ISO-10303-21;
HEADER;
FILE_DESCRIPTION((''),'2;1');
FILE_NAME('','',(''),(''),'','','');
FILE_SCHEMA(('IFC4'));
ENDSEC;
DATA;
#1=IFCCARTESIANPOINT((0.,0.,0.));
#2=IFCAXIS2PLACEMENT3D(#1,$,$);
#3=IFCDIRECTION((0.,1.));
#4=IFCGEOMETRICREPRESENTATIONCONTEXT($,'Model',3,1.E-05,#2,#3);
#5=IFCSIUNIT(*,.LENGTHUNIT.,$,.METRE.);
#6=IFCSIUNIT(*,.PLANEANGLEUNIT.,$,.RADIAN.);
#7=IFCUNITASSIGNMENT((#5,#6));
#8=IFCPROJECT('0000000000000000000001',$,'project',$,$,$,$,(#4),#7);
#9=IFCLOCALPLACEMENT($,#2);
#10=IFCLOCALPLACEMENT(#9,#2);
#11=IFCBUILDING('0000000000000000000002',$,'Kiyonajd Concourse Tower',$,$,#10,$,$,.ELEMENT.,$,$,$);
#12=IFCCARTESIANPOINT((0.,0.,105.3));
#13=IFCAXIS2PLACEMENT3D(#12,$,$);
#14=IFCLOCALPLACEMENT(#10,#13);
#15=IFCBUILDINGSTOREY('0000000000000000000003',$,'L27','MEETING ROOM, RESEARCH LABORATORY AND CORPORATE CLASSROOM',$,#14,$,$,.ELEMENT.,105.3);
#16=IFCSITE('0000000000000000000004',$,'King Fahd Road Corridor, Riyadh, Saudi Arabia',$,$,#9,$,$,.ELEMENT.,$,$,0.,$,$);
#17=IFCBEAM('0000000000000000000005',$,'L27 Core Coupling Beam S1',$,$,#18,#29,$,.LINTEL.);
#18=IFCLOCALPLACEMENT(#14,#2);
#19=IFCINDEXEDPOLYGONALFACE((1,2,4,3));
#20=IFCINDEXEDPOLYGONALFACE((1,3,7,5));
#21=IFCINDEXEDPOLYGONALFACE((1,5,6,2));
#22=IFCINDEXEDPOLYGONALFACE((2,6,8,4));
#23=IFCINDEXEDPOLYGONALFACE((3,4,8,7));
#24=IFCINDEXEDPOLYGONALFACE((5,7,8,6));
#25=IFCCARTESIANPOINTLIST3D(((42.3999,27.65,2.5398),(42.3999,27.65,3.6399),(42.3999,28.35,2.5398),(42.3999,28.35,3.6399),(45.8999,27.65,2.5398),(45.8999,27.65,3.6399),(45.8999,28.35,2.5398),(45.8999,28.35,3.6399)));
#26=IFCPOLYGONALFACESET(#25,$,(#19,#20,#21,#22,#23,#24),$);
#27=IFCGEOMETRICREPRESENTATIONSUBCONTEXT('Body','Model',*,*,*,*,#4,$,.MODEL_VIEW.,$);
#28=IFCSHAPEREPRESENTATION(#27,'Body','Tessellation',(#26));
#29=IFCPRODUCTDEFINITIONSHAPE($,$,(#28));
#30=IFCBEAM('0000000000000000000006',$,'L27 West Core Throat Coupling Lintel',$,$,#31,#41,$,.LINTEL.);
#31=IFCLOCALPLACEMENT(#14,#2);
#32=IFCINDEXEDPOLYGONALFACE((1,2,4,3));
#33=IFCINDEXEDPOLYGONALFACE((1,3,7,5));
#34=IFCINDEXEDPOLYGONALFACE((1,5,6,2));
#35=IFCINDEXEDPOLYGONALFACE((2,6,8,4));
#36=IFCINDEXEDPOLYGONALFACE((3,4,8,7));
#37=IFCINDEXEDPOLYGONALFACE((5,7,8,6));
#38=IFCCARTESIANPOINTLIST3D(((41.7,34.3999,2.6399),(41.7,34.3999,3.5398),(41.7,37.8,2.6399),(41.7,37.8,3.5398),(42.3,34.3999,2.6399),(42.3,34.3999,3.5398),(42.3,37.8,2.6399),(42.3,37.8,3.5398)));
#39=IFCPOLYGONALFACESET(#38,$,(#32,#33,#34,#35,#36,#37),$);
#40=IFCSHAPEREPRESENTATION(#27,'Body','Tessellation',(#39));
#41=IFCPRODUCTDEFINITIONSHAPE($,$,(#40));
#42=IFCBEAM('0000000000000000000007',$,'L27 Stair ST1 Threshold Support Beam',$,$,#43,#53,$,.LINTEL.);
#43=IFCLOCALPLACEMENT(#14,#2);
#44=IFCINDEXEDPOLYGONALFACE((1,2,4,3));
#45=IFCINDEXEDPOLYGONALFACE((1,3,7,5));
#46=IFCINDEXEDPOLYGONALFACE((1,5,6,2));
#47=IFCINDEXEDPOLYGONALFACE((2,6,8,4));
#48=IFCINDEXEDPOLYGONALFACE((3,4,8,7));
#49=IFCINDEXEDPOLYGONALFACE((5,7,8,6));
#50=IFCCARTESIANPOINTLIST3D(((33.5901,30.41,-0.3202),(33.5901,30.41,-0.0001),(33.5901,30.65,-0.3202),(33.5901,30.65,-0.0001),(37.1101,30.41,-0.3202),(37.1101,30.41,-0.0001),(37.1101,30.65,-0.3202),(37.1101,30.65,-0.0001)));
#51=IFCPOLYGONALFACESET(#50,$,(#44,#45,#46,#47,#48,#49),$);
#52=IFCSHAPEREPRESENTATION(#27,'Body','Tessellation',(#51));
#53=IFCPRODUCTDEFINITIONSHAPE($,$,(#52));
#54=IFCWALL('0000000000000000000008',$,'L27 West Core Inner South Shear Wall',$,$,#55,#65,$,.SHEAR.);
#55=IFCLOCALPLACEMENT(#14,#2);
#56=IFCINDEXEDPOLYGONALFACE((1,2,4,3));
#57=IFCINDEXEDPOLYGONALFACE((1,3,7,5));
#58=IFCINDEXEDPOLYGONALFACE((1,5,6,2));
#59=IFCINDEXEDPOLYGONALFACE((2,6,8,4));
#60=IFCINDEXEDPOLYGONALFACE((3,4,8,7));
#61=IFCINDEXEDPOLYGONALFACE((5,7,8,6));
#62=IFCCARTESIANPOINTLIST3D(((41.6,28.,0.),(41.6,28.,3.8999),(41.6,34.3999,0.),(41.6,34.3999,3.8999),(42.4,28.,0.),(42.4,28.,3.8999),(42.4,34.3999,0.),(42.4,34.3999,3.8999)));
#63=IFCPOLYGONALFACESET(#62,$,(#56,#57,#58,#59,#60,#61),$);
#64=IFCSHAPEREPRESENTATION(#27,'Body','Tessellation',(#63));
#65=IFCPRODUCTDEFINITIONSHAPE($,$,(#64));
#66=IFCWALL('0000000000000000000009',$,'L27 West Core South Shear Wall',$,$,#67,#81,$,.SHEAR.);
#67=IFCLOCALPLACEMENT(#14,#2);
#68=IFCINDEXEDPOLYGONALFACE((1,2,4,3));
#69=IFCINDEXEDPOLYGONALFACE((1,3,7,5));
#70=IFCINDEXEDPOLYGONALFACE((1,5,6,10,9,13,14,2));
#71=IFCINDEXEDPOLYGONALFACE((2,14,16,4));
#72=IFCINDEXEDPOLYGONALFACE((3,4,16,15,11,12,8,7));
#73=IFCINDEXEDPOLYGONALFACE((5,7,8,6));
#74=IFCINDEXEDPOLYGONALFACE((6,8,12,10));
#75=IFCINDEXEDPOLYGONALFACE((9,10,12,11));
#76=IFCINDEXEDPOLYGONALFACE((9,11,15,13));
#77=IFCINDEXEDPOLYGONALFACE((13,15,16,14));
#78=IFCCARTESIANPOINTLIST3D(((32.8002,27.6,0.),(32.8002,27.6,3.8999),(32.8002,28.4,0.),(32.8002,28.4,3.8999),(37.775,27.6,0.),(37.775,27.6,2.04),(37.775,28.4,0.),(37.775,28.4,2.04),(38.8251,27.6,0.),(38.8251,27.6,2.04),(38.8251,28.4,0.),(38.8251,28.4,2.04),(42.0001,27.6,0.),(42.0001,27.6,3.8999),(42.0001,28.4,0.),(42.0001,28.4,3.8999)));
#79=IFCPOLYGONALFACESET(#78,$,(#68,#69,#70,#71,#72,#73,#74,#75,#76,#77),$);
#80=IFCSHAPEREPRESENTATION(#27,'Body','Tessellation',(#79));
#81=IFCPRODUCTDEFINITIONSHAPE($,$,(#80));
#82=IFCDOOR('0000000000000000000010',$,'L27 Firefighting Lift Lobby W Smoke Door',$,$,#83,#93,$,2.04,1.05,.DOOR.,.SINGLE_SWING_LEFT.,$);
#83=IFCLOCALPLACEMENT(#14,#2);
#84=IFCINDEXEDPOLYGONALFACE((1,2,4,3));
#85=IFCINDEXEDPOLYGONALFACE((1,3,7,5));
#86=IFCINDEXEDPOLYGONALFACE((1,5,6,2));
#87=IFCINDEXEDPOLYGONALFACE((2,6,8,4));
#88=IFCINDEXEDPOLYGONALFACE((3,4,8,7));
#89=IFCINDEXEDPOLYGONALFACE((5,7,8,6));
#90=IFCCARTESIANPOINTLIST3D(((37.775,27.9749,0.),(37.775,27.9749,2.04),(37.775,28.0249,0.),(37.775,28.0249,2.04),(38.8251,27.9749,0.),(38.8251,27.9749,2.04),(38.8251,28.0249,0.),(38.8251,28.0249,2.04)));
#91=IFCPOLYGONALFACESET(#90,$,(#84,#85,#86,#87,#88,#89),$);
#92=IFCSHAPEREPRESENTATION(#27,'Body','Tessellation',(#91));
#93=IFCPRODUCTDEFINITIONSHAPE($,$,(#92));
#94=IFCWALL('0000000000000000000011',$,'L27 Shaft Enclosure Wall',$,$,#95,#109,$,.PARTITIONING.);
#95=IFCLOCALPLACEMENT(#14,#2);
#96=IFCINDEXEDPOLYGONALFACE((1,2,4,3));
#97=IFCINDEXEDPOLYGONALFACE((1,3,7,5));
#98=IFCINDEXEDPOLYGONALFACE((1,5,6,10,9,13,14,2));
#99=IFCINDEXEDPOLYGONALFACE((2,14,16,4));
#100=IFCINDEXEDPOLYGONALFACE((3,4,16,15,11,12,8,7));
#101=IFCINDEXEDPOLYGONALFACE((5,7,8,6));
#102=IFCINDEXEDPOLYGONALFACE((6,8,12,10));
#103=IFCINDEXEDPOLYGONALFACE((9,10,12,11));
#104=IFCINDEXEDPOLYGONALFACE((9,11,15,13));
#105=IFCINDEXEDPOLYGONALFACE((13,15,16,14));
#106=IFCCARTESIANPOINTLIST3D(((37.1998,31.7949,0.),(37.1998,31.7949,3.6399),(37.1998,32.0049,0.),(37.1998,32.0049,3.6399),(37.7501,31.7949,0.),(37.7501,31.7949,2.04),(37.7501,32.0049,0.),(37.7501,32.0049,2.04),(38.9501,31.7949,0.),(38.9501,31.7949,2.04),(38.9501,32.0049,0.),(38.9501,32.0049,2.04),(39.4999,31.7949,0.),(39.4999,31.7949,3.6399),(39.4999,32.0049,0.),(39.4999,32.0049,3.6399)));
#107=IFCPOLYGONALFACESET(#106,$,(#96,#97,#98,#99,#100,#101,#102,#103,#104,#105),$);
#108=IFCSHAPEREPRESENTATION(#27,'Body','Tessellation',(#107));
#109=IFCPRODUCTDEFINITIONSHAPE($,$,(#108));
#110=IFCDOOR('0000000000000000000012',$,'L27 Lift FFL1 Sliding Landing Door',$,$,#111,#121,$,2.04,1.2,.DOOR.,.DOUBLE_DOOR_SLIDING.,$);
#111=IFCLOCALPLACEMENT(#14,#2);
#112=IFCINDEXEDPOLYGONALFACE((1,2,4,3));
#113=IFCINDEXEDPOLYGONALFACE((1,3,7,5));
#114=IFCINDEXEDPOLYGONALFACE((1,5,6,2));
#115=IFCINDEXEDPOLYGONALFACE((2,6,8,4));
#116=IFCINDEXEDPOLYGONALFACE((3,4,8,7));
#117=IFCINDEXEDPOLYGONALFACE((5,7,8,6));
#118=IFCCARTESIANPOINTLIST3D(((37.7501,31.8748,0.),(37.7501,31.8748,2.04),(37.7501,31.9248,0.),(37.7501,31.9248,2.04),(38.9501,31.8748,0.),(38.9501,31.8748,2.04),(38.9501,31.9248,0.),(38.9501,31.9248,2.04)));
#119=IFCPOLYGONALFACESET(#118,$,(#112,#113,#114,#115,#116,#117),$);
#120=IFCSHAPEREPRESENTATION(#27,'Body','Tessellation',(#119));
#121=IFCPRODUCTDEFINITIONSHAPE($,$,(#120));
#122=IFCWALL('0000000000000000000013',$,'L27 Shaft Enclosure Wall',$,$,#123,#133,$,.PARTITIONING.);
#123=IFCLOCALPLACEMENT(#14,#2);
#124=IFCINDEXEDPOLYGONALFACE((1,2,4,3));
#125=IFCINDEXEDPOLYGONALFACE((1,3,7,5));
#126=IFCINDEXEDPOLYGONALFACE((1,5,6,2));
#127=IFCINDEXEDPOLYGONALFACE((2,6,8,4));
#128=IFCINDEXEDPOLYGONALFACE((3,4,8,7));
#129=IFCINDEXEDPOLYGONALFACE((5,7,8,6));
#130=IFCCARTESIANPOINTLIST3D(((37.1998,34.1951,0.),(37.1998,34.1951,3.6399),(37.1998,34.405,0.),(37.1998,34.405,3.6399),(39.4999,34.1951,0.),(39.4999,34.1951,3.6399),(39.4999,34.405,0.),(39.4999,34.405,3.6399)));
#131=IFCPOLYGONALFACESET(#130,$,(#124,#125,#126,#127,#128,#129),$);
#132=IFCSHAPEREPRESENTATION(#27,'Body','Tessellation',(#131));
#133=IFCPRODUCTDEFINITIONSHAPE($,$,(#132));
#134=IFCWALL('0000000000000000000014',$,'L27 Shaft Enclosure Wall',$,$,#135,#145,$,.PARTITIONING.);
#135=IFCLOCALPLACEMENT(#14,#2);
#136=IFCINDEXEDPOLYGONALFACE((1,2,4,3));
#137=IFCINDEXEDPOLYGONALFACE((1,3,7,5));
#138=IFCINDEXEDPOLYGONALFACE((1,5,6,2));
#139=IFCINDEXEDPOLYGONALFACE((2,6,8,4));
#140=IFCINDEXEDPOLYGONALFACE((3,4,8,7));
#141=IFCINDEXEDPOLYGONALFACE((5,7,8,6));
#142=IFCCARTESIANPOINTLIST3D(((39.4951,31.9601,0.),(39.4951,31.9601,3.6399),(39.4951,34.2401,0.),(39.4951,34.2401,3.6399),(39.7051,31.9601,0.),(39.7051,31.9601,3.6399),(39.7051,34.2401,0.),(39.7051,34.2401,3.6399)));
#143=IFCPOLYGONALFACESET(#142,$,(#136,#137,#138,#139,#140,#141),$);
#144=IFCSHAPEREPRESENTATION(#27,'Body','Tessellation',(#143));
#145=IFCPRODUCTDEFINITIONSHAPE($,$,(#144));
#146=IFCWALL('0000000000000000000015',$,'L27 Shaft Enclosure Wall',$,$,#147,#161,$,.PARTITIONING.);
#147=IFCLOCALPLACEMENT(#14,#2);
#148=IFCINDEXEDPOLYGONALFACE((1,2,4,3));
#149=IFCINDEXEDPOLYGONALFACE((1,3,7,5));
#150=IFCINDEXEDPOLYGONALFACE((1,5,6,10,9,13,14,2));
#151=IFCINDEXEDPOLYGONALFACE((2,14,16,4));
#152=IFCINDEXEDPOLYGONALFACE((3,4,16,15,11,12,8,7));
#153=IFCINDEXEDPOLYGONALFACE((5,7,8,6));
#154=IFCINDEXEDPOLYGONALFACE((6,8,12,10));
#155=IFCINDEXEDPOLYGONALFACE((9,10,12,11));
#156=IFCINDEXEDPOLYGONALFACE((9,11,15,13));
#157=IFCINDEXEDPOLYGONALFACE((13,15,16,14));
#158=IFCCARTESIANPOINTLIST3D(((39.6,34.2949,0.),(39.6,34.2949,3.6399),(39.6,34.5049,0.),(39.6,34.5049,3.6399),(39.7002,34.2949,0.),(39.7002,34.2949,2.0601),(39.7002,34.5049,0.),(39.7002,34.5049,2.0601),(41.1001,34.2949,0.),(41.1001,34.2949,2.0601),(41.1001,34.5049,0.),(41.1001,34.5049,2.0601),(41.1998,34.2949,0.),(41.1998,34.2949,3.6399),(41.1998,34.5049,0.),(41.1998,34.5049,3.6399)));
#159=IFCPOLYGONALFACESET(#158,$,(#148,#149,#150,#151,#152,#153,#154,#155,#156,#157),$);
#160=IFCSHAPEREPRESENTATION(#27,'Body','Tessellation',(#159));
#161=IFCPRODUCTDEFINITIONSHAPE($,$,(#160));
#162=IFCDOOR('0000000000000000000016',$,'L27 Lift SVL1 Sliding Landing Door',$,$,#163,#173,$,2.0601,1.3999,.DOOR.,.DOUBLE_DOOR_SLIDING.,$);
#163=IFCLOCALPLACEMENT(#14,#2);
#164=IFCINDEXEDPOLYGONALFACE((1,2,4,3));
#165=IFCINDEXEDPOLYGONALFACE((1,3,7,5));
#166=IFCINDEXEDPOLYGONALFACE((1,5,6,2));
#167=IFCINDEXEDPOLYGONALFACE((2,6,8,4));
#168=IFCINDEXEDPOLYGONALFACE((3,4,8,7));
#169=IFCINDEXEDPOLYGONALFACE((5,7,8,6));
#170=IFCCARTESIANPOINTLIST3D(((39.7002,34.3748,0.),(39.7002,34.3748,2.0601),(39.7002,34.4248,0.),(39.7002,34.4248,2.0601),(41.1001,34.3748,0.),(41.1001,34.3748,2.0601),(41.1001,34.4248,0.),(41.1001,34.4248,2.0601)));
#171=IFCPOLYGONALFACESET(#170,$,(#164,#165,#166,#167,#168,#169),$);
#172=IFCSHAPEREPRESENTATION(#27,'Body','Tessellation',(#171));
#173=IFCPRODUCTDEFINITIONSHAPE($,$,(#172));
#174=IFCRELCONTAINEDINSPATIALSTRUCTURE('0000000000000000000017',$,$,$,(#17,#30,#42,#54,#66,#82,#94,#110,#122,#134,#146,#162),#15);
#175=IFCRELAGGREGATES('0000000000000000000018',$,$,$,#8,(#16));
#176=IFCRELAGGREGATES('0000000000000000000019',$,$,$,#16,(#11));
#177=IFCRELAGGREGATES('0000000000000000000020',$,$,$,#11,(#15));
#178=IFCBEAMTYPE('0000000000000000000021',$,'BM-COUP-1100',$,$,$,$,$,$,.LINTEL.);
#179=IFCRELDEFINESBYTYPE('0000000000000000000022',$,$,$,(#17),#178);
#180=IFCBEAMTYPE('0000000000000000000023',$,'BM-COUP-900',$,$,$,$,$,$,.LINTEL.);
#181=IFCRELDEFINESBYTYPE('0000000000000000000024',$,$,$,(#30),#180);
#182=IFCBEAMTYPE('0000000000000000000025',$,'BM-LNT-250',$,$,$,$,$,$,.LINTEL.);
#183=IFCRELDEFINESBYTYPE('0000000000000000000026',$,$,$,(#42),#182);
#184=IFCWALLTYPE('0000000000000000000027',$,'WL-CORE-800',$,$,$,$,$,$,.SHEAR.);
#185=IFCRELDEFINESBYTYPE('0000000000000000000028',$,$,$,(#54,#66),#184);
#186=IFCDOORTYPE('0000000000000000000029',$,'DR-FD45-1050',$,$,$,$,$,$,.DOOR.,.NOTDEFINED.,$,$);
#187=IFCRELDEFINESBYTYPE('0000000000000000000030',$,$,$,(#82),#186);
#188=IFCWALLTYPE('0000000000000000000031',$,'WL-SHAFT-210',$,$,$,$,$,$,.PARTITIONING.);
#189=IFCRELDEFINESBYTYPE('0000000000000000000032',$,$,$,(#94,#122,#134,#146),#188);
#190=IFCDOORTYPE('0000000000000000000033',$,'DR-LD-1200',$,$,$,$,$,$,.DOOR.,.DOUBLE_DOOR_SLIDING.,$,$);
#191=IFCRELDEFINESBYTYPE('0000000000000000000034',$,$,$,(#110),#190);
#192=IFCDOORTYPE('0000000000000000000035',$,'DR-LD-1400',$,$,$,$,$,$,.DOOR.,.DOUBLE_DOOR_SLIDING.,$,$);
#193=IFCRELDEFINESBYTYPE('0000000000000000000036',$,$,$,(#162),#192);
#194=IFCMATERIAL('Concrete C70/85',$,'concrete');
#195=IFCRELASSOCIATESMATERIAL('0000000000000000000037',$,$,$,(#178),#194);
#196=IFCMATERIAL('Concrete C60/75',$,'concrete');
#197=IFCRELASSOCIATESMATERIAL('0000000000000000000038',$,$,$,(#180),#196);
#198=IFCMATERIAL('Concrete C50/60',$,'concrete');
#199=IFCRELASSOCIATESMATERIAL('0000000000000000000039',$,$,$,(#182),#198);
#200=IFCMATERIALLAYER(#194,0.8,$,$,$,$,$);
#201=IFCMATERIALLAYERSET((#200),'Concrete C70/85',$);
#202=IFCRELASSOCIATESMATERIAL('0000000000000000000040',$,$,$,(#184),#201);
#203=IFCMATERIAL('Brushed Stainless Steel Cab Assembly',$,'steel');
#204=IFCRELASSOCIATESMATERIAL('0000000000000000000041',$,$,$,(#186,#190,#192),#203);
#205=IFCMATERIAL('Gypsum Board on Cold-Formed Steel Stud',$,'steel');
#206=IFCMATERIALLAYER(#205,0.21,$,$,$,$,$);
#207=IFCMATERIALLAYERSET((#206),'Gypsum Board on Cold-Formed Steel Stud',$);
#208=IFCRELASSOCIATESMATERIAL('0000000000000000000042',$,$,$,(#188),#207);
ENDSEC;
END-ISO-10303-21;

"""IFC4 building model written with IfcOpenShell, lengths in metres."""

from ifc_helpers import new_model, si_unit, direction, frame, frame_2d, origin, origin_2d, place, context, subcontext, project, spatial, rectangle, extrude, material, layer, layer_set, material_profile, profile_set, type_object, element, fill, save


model = new_model("IFC4")

# Units and contexts
model_context = context("Model", 3, precision=1e-05, world=origin(), true_north=direction((0.0, 1.0)))
body_context = subcontext(model_context, "Body", "Model", "MODEL_VIEW")
ifc_project = project(units=[si_unit("LENGTHUNIT", "METRE"), si_unit("PLANEANGLEUNIT", "RADIAN")], contexts=[model_context])

# Site, building, storey
site_placement = place(None, origin())
site = spatial("IfcSite", under=ifc_project, at=site_placement, Name="King Fahd Road Corridor, Riyadh, Saudi Arabia", CompositionType="ELEMENT", RefElevation=0.0)
building_placement = place(site_placement, origin())
building = spatial("IfcBuilding", under=site, at=building_placement, Name="Kiyonajd Concourse Tower", CompositionType="ELEMENT")
storey_placement = place(building_placement, frame((0.0, 0.0, 105.3)))
storey = spatial("IfcBuildingStorey", under=building, at=storey_placement, Name="L27", Description="MEETING ROOM, RESEARCH LABORATORY AND CORPORATE CLASSROOM", CompositionType="ELEMENT", Elevation=105.3)

# Beams
ifc_material_1 = material(Name="Concrete C70/85", Category="concrete")
ifc_material_profile_1 = material_profile(ifc_material_1, rectangle(XDim=0.7, YDim=1.1001, at=origin_2d()), Name="RCBM-700x1100")
ifc_profile_set_1 = profile_set([ifc_material_profile_1], Name="Concrete C70/85")
beam_type_1 = type_object("IfcBeamType", Name="BM-COUP-1100", PredefinedType="LINTEL", material=ifc_profile_set_1)
beam_1_placement = place(storey_placement, frame((42.3999, 28.0, 3.0898), z_axis=(1.0, 0.0, 0.0), x_axis=(0.0, 1.0, 0.0)))
element("IfcBeam", 1, at=beam_1_placement, inside=storey, type_object=beam_type_1, Name="L27 Core Coupling Beam S1", PredefinedType="LINTEL", context=body_context, shape_type="SweptSolid", body=[
    extrude(rectangle(XDim=0.7, YDim=1.1001, at=origin_2d()), origin(), (0.0, 0.0, 1.0), 3.5),
])
ifc_material_2 = material(Name="Concrete C60/75", Category="concrete")
ifc_material_profile_2 = material_profile(ifc_material_2, rectangle(XDim=0.6001, YDim=0.8999, at=origin_2d()), Name="RCBM-600x900")
ifc_profile_set_2 = profile_set([ifc_material_profile_2], Name="Concrete C60/75")
beam_type_2 = type_object("IfcBeamType", Name="BM-COUP-900", PredefinedType="LINTEL", material=ifc_profile_set_2)
beam_2_placement = place(storey_placement, frame((42.0, 34.3999, 3.0898), z_axis=(0.0, 1.0, 0.0), x_axis=(-1.0, 0.0, 0.0)))
element("IfcBeam", 2, at=beam_2_placement, inside=storey, type_object=beam_type_2, Name="L27 West Core Throat Coupling Lintel", PredefinedType="LINTEL", context=body_context, shape_type="SweptSolid", body=[
    extrude(rectangle(XDim=0.6001, YDim=0.8999, at=origin_2d()), origin(), (0.0, 0.0, 1.0), 3.4001),
])
ifc_material_3 = material(Name="Concrete C50/60", Category="concrete")
ifc_material_profile_3 = material_profile(ifc_material_3, rectangle(XDim=0.24, YDim=0.3201, at=origin_2d()), Name="RCBM-240x320")
ifc_profile_set_3 = profile_set([ifc_material_profile_3], Name="Concrete C50/60")
beam_type_3 = type_object("IfcBeamType", Name="BM-LNT-250", PredefinedType="LINTEL", material=ifc_profile_set_3)
beam_3_placement = place(storey_placement, frame((33.5901, 30.53, -0.1602), z_axis=(1.0, 0.0, 0.0), x_axis=(0.0, 1.0, 0.0)))
element("IfcBeam", 3, at=beam_3_placement, inside=storey, type_object=beam_type_3, Name="L27 Stair ST1 Threshold Support Beam", PredefinedType="LINTEL", context=body_context, shape_type="SweptSolid", body=[
    extrude(rectangle(XDim=0.24, YDim=0.3201, at=origin_2d()), origin(), (0.0, 0.0, 1.0), 3.52),
])

# Wall
ifc_layer_1 = layer(ifc_material_1, 0.8)
ifc_layer_set_1 = layer_set([ifc_layer_1], Name="Concrete C70/85")
wall_type_1 = type_object("IfcWallType", Name="WL-CORE-800", PredefinedType="SHEAR", material=ifc_layer_set_1)
wall_1_placement = place(storey_placement, frame((42.0, 28.0, 0.0), z_axis=(0.0, 0.0, 1.0), x_axis=(0.0, 1.0, 0.0)))
element("IfcWall", 4, at=wall_1_placement, inside=storey, type_object=wall_type_1, Name="L27 West Core Inner South Shear Wall", PredefinedType="SHEAR", context=body_context, shape_type="SweptSolid", body=[
    extrude(rectangle(XDim=6.3999, YDim=0.8, at=frame_2d((3.2, 0.0))), origin(), (0.0, 0.0, 1.0), 3.8999),
])

# Walls, openings, doors
wall_2_placement = place(storey_placement, frame((32.8, 28.0, 0.0), z_axis=(0.0, 0.0, 1.0), x_axis=(1.0, 0.0, 0.0)))
wall_2 = element("IfcWall", 5, at=wall_2_placement, inside=storey, type_object=wall_type_1, Name="L27 West Core South Shear Wall", PredefinedType="SHEAR", context=body_context, shape_type="SweptSolid", body=[
    extrude(rectangle(XDim=9.2, YDim=0.8, at=frame_2d((4.6001, 0.0))), origin(), (0.0, 0.0, 1.0), 3.8999),
])
opening_1_placement = place(wall_2_placement, frame((4.9751, 0.0, 0.0)))
opening_1 = element("IfcOpeningElement", 6, at=opening_1_placement, cuts=wall_2, PredefinedType="OPENING", context=body_context, shape_type="SweptSolid", body=[
    extrude(rectangle(XDim=1.05, YDim=2.04, at=frame_2d((0.5249, 1.02))), frame((0.0, 0.4099, 0.0), z_axis=(0.0, -1.0, 0.0), x_axis=(1.0, 0.0, 0.0)), (0.0, 0.0, 1.0), 0.8201),
])
ifc_material_4 = material(Name="Brushed Stainless Steel Cab Assembly", Category="steel")
door_type_1 = type_object("IfcDoorType", Name="DR-FD45-1050", OperationType="NOTDEFINED", PredefinedType="DOOR", material=ifc_material_4)
door_1_placement = place(opening_1_placement, origin())
door_1 = element("IfcDoor", 7, at=door_1_placement, inside=storey, type_object=door_type_1, Name="L27 Firefighting Lift Lobby W Smoke Door", OperationType="SINGLE_SWING_LEFT", OverallHeight=2.04, OverallWidth=1.05, PredefinedType="DOOR", context=body_context, shape_type="SweptSolid", body=[
    extrude(rectangle(XDim=1.05, YDim=2.04, at=frame_2d((0.5249, 1.02))), frame((0.0, 0.0249, 0.0), z_axis=(0.0, -1.0, 0.0), x_axis=(1.0, 0.0, 0.0)), (0.0, 0.0, 1.0), 0.05),
])
fill(opening_1, door_1)
ifc_material_5 = material(Name="Gypsum Board on Cold-Formed Steel Stud", Category="steel")
ifc_layer_2 = layer(ifc_material_5, 0.21)
ifc_layer_set_2 = layer_set([ifc_layer_2], Name="Gypsum Board on Cold-Formed Steel Stud")
wall_type_2 = type_object("IfcWallType", Name="WL-SHAFT-210", PredefinedType="PARTITIONING", material=ifc_layer_set_2)
wall_3_placement = place(storey_placement, frame((37.2, 31.8999, 0.0), z_axis=(0.0, 0.0, 1.0), x_axis=(1.0, 0.0, 0.0)))
wall_3 = element("IfcWall", 8, at=wall_3_placement, inside=storey, type_object=wall_type_2, Name="L27 Shaft Enclosure Wall", PredefinedType="PARTITIONING", context=body_context, shape_type="SweptSolid", body=[
    extrude(rectangle(XDim=2.3, YDim=0.21, at=frame_2d((1.1499, 0.0))), origin(), (0.0, 0.0, 1.0), 3.6399),
])
opening_2_placement = place(wall_3_placement, frame((0.55, 0.0, 0.0)))
opening_2 = element("IfcOpeningElement", 9, at=opening_2_placement, cuts=wall_3, PredefinedType="OPENING", context=body_context, shape_type="SweptSolid", body=[
    extrude(rectangle(XDim=1.2, YDim=2.04, at=frame_2d((0.6001, 1.02))), frame((0.0, 0.115, 0.0), z_axis=(0.0, -1.0, 0.0), x_axis=(1.0, 0.0, 0.0)), (0.0, 0.0, 1.0), 0.23),
])
door_type_2 = type_object("IfcDoorType", Name="DR-LD-1200", OperationType="DOUBLE_DOOR_SLIDING", PredefinedType="DOOR", material=ifc_material_4)
door_2_placement = place(opening_2_placement, origin())
door_2 = element("IfcDoor", 10, at=door_2_placement, inside=storey, type_object=door_type_2, Name="L27 Lift FFL1 Sliding Landing Door", OperationType="DOUBLE_DOOR_SLIDING", OverallHeight=2.04, OverallWidth=1.2, PredefinedType="DOOR", context=body_context, shape_type="SweptSolid", body=[
    extrude(rectangle(XDim=1.2, YDim=2.04, at=frame_2d((0.6001, 1.02))), frame((0.0, 0.0249, 0.0), z_axis=(0.0, -1.0, 0.0), x_axis=(1.0, 0.0, 0.0)), (0.0, 0.0, 1.0), 0.05),
])
fill(opening_2, door_2)

# Walls
wall_4_placement = place(storey_placement, frame((37.2, 34.3, 0.0), z_axis=(0.0, 0.0, 1.0), x_axis=(1.0, 0.0, 0.0)))
element("IfcWall", 11, at=wall_4_placement, inside=storey, type_object=wall_type_2, Name="L27 Shaft Enclosure Wall", PredefinedType="PARTITIONING", context=body_context, shape_type="SweptSolid", body=[
    extrude(rectangle(XDim=2.3, YDim=0.21, at=frame_2d((1.1499, 0.0))), origin(), (0.0, 0.0, 1.0), 3.6399),
])
wall_5_placement = place(storey_placement, frame((39.6001, 31.96, 0.0), z_axis=(0.0, 0.0, 1.0), x_axis=(0.0, 1.0, 0.0)))
element("IfcWall", 12, at=wall_5_placement, inside=storey, type_object=wall_type_2, Name="L27 Shaft Enclosure Wall", PredefinedType="PARTITIONING", context=body_context, shape_type="SweptSolid", body=[
    extrude(rectangle(XDim=2.28, YDim=0.21, at=frame_2d((1.1401, 0.0))), origin(), (0.0, 0.0, 1.0), 3.6399),
])

# Wall, opening, door
wall_6_placement = place(storey_placement, frame((39.6001, 34.3999, 0.0), z_axis=(0.0, 0.0, 1.0), x_axis=(1.0, 0.0, 0.0)))
wall_6 = element("IfcWall", 13, at=wall_6_placement, inside=storey, type_object=wall_type_2, Name="L27 Shaft Enclosure Wall", PredefinedType="PARTITIONING", context=body_context, shape_type="SweptSolid", body=[
    extrude(rectangle(XDim=1.5999, YDim=0.21, at=frame_2d((0.7998, 0.0))), origin(), (0.0, 0.0, 1.0), 3.6399),
])
opening_3_placement = place(wall_6_placement, frame((0.1001, 0.0, 0.0)))
opening_3 = element("IfcOpeningElement", 14, at=opening_3_placement, cuts=wall_6, PredefinedType="OPENING", context=body_context, shape_type="SweptSolid", body=[
    extrude(rectangle(XDim=1.3999, YDim=2.0601, at=frame_2d((0.7, 1.03))), frame((0.0, 0.115, 0.0), z_axis=(0.0, -1.0, 0.0), x_axis=(1.0, 0.0, 0.0)), (0.0, 0.0, 1.0), 0.23),
])
door_type_3 = type_object("IfcDoorType", Name="DR-LD-1400", OperationType="DOUBLE_DOOR_SLIDING", PredefinedType="DOOR", material=ifc_material_4)
door_3_placement = place(opening_3_placement, origin())
door_3 = element("IfcDoor", 15, at=door_3_placement, inside=storey, type_object=door_type_3, Name="L27 Lift SVL1 Sliding Landing Door", OperationType="DOUBLE_DOOR_SLIDING", OverallHeight=2.0601, OverallWidth=1.3999, PredefinedType="DOOR", context=body_context, shape_type="SweptSolid", body=[
    extrude(rectangle(XDim=1.3999, YDim=2.0601, at=frame_2d((0.7, 1.03))), frame((0.0, 0.0249, 0.0), z_axis=(0.0, -1.0, 0.0), x_axis=(1.0, 0.0, 0.0)), (0.0, 0.0, 1.0), 0.05),
])
fill(opening_3, door_3)

save(model, "model.ifc")
